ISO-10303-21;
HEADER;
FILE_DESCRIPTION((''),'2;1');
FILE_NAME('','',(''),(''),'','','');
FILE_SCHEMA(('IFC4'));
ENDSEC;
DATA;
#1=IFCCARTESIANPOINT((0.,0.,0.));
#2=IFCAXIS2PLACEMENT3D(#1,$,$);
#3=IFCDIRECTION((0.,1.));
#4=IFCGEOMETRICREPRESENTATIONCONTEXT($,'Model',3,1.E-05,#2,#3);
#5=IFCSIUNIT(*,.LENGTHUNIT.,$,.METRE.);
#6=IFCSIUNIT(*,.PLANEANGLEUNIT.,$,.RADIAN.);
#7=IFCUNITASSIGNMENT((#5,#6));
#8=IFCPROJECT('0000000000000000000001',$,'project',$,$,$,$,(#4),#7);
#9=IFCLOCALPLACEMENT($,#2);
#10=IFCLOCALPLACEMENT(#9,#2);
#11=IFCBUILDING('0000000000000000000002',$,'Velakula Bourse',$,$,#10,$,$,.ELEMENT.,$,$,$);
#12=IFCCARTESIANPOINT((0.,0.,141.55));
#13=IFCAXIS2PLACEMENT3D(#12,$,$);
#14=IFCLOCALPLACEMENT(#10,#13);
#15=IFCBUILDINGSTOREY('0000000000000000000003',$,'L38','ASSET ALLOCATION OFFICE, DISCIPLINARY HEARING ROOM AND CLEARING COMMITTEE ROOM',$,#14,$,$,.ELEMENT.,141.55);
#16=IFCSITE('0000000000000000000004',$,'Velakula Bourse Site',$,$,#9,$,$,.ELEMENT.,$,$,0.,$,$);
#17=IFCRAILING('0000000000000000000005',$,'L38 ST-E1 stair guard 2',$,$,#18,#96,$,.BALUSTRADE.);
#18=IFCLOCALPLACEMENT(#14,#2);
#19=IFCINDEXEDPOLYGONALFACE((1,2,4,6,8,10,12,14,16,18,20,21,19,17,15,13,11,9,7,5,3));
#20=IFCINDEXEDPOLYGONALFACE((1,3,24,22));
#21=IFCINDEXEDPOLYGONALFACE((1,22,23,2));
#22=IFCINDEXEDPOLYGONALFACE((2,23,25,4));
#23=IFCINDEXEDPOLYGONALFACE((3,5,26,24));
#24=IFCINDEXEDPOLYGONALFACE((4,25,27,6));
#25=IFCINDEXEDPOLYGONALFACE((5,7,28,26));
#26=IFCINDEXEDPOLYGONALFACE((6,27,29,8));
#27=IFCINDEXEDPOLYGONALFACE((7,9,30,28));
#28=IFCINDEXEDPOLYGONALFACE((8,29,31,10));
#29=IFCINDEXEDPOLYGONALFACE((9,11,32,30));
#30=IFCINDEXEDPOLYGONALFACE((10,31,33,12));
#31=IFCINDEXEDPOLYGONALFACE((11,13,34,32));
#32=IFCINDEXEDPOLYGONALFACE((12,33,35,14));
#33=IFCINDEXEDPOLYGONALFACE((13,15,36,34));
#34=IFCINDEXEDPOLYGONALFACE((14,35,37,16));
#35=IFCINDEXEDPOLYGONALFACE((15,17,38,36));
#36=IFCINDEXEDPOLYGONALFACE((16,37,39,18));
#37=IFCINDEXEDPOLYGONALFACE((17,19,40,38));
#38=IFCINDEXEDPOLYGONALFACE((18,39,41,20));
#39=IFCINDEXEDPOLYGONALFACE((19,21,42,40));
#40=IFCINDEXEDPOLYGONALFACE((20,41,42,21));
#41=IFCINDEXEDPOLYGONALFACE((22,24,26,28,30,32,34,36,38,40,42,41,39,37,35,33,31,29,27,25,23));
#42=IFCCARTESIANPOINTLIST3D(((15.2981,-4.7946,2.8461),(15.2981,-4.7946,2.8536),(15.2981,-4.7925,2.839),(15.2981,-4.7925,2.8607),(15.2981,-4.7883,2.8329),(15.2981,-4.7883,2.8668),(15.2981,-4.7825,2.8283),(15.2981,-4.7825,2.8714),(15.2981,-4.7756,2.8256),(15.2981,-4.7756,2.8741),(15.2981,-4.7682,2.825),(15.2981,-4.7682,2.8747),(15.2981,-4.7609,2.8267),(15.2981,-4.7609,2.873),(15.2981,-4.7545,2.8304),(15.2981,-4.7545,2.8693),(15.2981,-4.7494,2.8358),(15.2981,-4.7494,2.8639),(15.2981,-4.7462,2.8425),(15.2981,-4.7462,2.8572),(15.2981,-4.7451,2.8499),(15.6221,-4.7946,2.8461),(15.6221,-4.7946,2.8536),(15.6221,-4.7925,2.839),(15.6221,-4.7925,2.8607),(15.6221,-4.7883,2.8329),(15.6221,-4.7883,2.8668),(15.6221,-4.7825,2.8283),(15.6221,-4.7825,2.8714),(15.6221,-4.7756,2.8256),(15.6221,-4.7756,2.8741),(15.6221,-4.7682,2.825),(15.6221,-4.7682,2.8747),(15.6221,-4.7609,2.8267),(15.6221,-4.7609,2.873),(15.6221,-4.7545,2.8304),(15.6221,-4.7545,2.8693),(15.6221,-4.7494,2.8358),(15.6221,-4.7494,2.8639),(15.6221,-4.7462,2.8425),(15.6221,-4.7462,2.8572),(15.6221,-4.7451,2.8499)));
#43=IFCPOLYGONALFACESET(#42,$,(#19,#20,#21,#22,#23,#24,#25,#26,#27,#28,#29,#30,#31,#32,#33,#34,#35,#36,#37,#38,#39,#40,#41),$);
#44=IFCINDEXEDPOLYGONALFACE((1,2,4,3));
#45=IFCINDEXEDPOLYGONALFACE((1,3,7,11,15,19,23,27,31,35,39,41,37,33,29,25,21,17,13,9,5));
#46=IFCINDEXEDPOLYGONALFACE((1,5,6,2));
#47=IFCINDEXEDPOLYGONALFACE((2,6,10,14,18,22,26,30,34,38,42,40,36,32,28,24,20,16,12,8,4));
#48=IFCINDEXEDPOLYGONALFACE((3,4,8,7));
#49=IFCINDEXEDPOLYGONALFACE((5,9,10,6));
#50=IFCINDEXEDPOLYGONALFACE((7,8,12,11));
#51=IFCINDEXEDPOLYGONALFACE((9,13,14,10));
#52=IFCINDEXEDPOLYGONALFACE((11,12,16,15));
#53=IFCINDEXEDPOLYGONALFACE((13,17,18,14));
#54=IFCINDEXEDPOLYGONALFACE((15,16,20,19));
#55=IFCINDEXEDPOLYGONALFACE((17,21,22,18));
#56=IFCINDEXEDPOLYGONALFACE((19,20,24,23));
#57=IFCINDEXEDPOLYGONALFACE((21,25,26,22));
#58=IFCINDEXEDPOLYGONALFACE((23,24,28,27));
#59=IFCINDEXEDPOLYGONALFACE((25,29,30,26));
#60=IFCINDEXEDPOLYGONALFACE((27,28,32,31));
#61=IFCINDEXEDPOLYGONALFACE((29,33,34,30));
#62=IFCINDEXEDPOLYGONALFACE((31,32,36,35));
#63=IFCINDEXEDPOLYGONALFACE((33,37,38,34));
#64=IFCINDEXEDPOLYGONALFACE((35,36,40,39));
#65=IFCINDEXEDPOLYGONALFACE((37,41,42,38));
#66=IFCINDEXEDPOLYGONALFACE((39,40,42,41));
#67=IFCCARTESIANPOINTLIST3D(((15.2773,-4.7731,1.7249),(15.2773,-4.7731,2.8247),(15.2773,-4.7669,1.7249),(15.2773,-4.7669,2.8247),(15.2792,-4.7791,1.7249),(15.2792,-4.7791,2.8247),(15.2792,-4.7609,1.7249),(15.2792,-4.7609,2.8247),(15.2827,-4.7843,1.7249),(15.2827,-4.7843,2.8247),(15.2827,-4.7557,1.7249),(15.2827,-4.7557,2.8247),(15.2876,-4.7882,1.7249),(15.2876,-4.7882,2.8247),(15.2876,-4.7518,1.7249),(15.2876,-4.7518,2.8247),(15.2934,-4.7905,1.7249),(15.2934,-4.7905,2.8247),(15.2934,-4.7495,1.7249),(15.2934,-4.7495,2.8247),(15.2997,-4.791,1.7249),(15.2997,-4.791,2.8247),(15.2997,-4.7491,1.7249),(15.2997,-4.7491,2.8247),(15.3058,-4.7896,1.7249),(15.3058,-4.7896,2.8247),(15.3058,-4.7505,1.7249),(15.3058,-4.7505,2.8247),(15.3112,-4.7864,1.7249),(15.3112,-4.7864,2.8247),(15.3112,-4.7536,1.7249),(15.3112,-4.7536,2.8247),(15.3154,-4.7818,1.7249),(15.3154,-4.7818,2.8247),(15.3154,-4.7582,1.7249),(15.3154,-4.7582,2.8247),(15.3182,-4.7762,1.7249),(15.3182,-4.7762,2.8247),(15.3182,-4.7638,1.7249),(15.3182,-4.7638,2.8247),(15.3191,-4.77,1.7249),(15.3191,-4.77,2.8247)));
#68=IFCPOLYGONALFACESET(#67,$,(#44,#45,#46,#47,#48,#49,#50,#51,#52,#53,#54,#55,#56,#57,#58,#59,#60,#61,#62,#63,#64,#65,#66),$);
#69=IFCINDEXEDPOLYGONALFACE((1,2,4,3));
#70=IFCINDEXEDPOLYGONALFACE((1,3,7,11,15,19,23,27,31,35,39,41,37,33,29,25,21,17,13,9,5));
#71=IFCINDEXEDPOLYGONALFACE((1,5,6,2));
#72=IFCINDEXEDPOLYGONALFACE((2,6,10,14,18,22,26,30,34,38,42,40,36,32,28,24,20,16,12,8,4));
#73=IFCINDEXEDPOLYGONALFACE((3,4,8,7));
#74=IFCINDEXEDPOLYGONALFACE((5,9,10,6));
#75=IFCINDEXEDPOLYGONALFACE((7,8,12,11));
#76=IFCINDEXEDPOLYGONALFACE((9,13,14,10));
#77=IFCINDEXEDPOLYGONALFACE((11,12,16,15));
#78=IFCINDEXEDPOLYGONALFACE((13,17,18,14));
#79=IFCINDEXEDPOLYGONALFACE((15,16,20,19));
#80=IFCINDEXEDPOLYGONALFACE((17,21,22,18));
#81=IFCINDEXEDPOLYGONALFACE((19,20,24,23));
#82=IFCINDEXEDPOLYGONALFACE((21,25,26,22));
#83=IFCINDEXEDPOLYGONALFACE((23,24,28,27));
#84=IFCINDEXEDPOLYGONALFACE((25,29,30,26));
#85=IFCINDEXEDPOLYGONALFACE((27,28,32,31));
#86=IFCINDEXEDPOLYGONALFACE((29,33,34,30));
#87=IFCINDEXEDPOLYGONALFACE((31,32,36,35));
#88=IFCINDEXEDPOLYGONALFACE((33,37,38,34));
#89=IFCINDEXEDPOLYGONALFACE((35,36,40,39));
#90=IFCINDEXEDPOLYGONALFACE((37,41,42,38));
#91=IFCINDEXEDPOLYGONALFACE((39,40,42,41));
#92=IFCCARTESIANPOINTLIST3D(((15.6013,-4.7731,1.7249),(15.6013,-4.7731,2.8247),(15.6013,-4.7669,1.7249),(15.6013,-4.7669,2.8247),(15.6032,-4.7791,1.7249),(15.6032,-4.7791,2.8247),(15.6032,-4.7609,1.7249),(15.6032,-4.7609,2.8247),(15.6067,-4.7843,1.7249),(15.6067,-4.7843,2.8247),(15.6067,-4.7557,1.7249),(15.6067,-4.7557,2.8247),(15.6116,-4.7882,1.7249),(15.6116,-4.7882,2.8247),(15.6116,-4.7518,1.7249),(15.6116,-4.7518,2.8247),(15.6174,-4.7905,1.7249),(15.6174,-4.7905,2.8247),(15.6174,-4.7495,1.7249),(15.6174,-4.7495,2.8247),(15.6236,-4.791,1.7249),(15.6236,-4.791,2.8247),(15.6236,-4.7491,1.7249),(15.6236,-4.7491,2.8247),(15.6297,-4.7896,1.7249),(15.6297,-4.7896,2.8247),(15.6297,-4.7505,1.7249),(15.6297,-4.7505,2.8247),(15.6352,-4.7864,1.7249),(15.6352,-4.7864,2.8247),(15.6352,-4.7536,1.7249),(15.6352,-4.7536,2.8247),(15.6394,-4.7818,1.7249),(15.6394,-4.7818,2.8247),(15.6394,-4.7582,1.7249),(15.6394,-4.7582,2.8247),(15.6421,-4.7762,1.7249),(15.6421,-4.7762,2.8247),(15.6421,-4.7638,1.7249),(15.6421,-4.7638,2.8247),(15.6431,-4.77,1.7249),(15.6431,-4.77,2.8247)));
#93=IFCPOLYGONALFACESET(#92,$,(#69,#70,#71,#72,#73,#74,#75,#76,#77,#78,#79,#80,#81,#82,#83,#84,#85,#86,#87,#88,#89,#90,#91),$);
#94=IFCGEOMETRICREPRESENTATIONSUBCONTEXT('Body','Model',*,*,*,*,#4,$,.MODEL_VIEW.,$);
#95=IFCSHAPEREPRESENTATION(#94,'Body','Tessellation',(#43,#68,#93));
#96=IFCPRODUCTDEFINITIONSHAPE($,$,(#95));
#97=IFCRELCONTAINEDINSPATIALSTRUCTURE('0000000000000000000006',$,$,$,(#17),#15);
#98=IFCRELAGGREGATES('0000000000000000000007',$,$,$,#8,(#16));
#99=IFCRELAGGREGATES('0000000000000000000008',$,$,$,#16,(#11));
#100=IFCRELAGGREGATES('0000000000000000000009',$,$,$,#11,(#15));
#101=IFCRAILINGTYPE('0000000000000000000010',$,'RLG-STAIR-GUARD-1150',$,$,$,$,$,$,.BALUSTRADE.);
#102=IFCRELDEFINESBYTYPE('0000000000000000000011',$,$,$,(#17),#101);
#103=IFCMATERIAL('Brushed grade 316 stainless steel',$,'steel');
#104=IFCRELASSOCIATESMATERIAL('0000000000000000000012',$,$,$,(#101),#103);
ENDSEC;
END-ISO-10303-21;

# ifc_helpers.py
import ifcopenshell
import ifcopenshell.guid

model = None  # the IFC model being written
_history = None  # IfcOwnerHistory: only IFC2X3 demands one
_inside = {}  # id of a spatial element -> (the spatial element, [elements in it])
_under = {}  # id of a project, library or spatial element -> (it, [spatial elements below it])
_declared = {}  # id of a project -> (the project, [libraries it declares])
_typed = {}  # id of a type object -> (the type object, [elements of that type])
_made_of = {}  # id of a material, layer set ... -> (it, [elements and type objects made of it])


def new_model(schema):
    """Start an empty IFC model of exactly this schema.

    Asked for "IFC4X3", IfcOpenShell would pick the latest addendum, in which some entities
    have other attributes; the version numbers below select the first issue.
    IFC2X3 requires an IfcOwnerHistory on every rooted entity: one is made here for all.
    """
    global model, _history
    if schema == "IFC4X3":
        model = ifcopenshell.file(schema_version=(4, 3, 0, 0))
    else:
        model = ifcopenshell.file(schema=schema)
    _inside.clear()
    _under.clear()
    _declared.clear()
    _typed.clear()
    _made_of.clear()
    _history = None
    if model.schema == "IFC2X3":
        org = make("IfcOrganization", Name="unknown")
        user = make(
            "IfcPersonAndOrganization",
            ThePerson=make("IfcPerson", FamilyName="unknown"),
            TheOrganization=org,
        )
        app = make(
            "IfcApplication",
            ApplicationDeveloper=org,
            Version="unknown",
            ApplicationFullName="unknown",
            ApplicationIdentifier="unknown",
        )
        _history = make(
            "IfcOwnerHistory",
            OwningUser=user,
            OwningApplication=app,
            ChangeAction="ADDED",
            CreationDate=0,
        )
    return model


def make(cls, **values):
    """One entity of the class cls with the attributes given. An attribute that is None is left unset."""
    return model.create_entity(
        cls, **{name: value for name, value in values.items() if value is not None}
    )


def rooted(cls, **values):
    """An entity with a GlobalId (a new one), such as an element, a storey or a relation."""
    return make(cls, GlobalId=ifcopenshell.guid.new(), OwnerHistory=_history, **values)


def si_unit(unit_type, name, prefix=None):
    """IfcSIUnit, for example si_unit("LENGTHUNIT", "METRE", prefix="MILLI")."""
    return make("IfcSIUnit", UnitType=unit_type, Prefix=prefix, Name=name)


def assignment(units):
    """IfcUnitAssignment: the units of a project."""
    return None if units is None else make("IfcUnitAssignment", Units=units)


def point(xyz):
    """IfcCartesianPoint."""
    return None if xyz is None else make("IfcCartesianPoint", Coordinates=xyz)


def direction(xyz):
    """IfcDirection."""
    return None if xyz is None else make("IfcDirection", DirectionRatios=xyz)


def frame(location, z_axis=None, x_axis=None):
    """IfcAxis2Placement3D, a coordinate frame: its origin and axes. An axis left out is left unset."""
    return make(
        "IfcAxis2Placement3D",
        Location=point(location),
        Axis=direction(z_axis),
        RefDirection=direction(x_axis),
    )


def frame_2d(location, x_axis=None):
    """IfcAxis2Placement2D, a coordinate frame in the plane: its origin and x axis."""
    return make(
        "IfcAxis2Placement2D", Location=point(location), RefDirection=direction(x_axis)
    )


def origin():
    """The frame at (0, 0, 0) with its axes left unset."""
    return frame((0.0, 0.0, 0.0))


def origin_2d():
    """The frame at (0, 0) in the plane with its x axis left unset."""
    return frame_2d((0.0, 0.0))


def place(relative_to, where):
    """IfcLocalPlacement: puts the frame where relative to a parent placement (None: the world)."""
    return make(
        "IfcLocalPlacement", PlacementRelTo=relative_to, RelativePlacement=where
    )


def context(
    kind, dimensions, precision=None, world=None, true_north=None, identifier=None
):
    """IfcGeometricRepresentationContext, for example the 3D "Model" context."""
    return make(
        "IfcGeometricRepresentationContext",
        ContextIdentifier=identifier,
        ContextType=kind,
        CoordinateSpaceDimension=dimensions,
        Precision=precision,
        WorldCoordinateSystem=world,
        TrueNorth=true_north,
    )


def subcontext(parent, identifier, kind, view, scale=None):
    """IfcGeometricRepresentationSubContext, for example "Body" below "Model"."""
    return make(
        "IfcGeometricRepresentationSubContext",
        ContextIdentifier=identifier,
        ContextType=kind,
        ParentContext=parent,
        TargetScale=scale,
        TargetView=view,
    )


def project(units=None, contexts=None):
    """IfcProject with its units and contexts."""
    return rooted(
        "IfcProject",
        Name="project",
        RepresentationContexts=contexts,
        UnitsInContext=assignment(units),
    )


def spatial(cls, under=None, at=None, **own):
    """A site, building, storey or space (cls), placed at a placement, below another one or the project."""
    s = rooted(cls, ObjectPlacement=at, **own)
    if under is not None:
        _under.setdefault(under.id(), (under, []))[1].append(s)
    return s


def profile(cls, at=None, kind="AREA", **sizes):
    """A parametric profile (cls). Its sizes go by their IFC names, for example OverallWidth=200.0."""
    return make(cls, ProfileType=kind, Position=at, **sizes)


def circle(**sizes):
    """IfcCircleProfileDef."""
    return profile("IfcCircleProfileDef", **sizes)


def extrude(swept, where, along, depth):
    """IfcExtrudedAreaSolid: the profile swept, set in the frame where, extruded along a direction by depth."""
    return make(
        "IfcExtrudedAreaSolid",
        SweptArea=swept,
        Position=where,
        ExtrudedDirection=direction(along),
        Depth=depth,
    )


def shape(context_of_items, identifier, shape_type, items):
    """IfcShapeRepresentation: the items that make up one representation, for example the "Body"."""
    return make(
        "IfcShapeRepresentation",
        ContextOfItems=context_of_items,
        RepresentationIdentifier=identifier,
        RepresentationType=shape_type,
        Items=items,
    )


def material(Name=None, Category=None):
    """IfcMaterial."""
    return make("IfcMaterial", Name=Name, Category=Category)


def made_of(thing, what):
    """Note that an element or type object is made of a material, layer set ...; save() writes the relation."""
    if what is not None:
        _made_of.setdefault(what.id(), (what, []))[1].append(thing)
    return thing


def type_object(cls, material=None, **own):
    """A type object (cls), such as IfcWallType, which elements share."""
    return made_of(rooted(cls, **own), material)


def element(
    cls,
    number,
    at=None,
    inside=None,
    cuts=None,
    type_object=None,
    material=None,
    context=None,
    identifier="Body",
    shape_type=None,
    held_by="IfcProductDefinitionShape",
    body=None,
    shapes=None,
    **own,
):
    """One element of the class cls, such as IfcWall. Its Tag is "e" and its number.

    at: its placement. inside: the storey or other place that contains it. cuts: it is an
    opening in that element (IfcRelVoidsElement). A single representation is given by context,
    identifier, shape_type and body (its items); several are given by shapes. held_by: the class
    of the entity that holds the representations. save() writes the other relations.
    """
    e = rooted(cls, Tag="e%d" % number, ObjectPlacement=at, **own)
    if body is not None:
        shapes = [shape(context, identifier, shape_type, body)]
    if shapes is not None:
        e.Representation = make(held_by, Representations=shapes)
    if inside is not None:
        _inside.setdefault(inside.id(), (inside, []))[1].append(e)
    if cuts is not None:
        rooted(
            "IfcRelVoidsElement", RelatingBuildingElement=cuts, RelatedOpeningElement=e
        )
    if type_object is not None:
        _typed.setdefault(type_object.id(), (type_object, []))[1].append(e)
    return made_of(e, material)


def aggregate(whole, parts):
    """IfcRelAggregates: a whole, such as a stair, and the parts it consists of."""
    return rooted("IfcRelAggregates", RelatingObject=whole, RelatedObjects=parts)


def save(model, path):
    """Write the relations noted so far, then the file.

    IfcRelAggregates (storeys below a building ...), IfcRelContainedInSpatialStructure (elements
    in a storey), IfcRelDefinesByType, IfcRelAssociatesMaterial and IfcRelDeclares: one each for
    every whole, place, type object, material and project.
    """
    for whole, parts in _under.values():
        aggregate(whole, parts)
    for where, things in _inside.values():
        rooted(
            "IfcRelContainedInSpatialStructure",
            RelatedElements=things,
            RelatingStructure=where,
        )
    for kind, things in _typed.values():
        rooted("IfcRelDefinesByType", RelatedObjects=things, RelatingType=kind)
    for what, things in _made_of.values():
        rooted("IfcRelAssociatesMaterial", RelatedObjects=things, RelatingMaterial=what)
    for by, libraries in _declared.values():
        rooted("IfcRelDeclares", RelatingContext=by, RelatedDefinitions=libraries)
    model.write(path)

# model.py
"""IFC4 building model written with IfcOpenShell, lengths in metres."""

from ifc_helpers import new_model, si_unit, direction, frame, origin, origin_2d, place, context, subcontext, project, spatial, circle, extrude, material, type_object, element, save


model = new_model("IFC4")

# Units and contexts
model_context = context("Model", 3, precision=1e-05, world=origin(), true_north=direction((0.0, 1.0)))
body_context = subcontext(model_context, "Body", "Model", "MODEL_VIEW")
ifc_project = project(units=[si_unit("LENGTHUNIT", "METRE"), si_unit("PLANEANGLEUNIT", "RADIAN")], contexts=[model_context])

# Site, building, storey
site_placement = place(None, origin())
site = spatial("IfcSite", under=ifc_project, at=site_placement, Name="Velakula Bourse Site", CompositionType="ELEMENT", RefElevation=0.0)
building_placement = place(site_placement, origin())
building = spatial("IfcBuilding", under=site, at=building_placement, Name="Velakula Bourse", CompositionType="ELEMENT")
storey_placement = place(building_placement, frame((0.0, 0.0, 141.55)))
storey = spatial("IfcBuildingStorey", under=building, at=storey_placement, Name="L38", Description="ASSET ALLOCATION OFFICE, DISCIPLINARY HEARING ROOM AND CLEARING COMMITTEE ROOM", CompositionType="ELEMENT", Elevation=141.55)

# Shared definitions
ifc_material_1 = material(Name="Brushed grade 316 stainless steel", Category="steel")

# Railing
railing_type_1 = type_object("IfcRailingType", Name="RLG-STAIR-GUARD-1150", PredefinedType="BALUSTRADE", material=ifc_material_1)
railing_1_placement = place(storey_placement, frame((15.2981, -4.77, 1.7249)))
element("IfcRailing", 1, at=railing_1_placement, inside=storey, type_object=railing_type_1, Name="L38 ST-E1 stair guard 2", PredefinedType="BALUSTRADE", context=body_context, shape_type="SweptSolid", body=[
    extrude(circle(Radius=0.0249, at=origin_2d()), frame((0.0, 0.0, 1.125), z_axis=(1.0, 0.0, 0.0), x_axis=(0.0, 1.0, 0.0)), (0.0, 0.0, 1.0), 0.324),
    extrude(circle(Radius=0.021, at=origin_2d()), origin(), (0.0, 0.0, 1.0), 1.0999),
    extrude(circle(Radius=0.021, at=origin_2d()), frame((0.324, 0.0, 0.0)), (0.0, 0.0, 1.0), 1.0999),
])

save(model, "model.ifc")
